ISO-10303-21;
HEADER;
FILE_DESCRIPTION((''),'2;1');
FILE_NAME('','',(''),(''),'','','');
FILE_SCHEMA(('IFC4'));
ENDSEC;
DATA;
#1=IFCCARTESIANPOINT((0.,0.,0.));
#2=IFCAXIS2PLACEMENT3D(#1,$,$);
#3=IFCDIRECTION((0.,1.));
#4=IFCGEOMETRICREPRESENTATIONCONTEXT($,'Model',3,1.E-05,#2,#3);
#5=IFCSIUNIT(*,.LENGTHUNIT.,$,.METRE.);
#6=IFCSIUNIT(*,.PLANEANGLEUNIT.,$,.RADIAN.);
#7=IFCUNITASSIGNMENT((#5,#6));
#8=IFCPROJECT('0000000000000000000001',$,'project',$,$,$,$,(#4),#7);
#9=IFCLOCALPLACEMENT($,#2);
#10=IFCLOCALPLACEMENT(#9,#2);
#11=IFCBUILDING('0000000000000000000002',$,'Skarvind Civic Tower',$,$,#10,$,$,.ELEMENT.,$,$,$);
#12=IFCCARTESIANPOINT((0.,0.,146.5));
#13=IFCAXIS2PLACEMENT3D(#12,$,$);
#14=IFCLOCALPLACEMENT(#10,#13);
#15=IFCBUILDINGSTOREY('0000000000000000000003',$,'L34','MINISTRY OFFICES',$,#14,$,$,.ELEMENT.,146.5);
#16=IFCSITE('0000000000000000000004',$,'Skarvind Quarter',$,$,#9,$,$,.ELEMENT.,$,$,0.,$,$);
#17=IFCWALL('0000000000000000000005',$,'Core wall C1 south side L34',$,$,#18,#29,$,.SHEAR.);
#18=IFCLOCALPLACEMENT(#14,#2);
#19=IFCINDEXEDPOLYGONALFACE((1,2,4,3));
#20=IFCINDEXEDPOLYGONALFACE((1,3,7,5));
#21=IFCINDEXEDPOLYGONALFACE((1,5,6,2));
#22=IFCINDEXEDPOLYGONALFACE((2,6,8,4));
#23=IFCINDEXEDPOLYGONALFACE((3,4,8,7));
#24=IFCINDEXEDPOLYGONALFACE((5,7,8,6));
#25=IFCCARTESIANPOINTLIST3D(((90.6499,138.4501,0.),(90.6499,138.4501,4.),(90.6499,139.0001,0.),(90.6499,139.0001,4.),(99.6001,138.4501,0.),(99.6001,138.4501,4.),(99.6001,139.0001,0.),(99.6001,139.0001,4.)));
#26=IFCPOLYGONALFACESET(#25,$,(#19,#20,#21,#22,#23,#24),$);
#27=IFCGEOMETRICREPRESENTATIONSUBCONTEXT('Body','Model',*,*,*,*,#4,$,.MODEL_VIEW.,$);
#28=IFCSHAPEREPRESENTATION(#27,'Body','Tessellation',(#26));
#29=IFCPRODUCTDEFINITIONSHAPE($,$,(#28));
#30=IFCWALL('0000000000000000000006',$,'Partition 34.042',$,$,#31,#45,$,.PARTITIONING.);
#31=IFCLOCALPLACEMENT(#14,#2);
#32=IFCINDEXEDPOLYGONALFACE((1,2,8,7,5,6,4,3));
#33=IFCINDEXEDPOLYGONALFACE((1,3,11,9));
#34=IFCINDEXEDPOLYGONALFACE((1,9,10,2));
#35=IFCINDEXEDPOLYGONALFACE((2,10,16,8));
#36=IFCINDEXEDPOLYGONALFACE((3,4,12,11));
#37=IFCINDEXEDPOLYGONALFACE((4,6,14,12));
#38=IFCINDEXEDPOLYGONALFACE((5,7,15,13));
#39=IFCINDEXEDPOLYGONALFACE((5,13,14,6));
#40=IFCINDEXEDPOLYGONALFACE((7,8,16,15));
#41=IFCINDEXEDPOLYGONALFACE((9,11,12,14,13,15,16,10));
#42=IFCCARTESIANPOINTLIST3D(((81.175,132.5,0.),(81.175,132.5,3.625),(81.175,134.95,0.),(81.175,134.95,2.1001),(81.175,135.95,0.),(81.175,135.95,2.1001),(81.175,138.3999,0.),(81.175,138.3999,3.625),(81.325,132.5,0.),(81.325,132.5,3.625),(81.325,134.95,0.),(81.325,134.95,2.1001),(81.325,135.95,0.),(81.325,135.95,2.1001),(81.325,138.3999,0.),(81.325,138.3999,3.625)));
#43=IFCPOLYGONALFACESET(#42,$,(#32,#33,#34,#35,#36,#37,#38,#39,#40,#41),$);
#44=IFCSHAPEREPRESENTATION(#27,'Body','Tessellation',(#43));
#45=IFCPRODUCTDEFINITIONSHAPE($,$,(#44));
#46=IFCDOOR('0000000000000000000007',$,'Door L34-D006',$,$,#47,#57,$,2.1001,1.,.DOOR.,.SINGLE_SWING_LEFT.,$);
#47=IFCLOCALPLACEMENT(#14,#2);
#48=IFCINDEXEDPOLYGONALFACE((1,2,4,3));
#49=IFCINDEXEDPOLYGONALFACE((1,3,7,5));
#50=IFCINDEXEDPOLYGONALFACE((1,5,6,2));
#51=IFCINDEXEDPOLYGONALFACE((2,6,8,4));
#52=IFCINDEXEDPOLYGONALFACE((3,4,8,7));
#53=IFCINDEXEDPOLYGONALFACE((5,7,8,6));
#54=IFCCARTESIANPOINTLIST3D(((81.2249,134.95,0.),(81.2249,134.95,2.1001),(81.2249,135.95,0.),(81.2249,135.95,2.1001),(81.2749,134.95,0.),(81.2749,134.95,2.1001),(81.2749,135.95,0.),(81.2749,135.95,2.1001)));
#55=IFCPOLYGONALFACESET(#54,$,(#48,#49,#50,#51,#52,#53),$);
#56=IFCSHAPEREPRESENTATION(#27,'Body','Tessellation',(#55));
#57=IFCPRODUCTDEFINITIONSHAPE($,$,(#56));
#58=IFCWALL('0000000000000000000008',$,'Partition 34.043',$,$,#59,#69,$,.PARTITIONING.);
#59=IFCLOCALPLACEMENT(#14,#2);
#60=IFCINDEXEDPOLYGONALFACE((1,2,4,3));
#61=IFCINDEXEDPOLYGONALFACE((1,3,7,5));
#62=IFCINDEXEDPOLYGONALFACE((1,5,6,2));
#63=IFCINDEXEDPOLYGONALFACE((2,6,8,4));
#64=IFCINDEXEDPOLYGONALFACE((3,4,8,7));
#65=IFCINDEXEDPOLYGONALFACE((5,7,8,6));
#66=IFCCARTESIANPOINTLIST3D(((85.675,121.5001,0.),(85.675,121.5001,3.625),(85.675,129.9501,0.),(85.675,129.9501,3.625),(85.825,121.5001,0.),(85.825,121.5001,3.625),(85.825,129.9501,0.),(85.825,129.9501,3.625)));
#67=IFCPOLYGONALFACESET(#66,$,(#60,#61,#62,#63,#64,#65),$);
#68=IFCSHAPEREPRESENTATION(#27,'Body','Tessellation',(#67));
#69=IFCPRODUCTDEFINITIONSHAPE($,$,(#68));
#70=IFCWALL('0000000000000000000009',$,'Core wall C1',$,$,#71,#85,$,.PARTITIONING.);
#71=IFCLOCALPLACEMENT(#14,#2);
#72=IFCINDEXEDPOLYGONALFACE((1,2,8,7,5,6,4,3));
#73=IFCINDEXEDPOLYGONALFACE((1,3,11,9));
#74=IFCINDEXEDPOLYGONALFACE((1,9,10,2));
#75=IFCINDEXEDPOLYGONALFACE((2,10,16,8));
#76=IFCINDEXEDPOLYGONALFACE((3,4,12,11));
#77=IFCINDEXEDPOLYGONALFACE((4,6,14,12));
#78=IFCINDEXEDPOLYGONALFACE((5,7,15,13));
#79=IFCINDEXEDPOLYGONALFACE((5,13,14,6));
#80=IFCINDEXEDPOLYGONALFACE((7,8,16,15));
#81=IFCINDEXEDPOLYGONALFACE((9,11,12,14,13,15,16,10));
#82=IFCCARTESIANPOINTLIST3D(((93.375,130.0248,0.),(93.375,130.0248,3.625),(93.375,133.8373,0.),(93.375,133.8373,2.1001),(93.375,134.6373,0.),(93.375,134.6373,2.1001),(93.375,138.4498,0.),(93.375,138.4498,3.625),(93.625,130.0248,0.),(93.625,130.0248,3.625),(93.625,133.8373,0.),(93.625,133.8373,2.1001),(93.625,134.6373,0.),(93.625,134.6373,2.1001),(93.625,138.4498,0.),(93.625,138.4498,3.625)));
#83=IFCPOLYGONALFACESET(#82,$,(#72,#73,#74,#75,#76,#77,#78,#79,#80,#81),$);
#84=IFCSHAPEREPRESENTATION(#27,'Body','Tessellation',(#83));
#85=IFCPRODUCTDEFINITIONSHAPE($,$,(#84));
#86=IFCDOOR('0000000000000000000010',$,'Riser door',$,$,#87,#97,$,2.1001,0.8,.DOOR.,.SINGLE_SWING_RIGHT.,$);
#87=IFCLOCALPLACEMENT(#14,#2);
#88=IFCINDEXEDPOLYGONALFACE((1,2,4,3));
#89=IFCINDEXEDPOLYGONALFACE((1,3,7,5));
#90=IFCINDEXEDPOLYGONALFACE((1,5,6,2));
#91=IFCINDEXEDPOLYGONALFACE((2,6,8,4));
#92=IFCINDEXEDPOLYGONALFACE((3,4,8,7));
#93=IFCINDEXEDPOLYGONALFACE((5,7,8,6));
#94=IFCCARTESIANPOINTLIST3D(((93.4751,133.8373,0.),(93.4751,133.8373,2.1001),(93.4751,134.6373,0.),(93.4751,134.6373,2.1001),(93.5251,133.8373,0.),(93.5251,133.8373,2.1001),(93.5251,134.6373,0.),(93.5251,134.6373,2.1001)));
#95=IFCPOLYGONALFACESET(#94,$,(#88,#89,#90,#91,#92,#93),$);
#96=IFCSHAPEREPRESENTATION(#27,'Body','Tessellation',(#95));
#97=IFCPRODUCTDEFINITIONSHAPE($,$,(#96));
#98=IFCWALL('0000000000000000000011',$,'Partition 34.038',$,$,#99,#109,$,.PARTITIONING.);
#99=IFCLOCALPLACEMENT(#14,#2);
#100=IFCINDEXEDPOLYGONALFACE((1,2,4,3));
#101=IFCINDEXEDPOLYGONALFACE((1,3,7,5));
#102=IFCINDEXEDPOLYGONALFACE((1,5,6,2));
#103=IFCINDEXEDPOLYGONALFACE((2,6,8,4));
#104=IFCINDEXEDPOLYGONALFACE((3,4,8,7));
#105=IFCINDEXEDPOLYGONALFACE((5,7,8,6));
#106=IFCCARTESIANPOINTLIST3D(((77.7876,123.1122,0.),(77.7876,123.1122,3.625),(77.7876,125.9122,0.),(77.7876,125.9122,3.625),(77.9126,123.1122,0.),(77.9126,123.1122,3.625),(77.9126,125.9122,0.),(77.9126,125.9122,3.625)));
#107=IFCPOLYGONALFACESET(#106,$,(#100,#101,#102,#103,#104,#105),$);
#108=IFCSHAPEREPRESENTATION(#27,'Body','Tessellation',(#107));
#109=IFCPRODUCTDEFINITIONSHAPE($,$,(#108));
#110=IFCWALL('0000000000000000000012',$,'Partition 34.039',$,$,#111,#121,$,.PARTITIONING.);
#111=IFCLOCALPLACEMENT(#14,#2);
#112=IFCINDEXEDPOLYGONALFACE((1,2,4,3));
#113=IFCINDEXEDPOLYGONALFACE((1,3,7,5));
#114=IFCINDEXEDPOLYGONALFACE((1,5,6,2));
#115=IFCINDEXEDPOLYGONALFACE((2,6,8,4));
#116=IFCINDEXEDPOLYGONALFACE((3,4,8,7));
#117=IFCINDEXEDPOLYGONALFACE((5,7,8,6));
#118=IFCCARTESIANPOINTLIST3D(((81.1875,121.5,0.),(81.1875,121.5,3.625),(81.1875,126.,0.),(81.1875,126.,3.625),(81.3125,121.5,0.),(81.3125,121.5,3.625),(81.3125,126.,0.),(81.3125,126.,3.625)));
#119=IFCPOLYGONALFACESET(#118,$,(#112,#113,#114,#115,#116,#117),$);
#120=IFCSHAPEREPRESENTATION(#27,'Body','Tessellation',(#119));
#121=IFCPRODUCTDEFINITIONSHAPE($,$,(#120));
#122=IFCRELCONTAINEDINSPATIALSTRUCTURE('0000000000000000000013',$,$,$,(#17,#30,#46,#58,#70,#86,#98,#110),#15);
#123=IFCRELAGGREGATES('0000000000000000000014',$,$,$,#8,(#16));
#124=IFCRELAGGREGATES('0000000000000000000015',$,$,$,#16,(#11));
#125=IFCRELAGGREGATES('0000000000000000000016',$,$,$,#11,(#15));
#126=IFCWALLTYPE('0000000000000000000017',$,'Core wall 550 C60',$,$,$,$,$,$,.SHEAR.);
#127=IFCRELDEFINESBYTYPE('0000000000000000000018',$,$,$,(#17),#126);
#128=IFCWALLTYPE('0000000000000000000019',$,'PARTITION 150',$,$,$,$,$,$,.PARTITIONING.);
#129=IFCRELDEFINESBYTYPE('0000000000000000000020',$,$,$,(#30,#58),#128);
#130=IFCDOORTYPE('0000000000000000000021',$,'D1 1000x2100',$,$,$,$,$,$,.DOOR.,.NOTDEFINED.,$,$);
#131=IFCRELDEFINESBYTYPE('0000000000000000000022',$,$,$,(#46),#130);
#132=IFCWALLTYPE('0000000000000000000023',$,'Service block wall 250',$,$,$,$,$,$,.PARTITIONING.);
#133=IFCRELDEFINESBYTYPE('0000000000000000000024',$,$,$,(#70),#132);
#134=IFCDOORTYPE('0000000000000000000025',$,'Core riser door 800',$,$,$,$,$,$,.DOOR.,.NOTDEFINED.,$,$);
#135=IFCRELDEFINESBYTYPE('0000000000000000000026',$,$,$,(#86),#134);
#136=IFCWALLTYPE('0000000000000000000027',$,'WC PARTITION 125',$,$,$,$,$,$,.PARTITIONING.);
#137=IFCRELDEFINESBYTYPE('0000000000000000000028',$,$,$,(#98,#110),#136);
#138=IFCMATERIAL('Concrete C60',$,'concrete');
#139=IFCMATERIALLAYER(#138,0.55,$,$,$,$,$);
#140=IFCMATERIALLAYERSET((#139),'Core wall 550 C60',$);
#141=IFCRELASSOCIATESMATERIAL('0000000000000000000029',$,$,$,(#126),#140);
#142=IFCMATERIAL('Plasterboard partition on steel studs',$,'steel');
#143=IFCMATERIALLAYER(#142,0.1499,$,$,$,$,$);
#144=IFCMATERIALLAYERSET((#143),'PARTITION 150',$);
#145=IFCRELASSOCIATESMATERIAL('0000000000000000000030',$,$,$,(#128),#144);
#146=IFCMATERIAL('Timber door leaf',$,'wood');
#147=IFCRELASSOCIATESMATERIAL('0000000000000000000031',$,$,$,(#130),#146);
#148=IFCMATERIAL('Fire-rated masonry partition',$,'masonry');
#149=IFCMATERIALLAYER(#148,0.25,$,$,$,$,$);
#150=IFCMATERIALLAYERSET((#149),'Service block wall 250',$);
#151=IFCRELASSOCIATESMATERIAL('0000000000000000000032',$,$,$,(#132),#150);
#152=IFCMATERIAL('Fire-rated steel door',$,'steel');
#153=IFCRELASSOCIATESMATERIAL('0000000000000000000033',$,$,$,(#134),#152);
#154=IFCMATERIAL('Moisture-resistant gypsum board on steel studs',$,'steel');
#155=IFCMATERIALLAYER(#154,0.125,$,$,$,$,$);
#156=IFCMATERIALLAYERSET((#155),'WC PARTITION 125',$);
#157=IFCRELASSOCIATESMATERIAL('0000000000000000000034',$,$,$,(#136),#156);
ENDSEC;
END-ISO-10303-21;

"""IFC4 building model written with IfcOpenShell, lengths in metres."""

from ifc_helpers import new_model, si_unit, direction, frame, frame_2d, origin, place, context, subcontext, project, spatial, rectangle, extrude, material, layer, layer_set, type_object, element, fill, save


model = new_model("IFC4")

# Units and contexts
model_context = context("Model", 3, precision=1e-05, world=origin(), true_north=direction((0.0, 1.0)))
body_context = subcontext(model_context, "Body", "Model", "MODEL_VIEW")
ifc_project = project(units=[si_unit("LENGTHUNIT", "METRE"), si_unit("PLANEANGLEUNIT", "RADIAN")], contexts=[model_context])

# Site, building, storey
site_placement = place(None, origin())
site = spatial("IfcSite", under=ifc_project, at=site_placement, Name="Skarvind Quarter", CompositionType="ELEMENT", RefElevation=0.0)
building_placement = place(site_placement, origin())
building = spatial("IfcBuilding", under=site, at=building_placement, Name="Skarvind Civic Tower", CompositionType="ELEMENT")
storey_placement = place(building_placement, frame((0.0, 0.0, 146.5)))
storey = spatial("IfcBuildingStorey", under=building, at=storey_placement, Name="L34", Description="MINISTRY OFFICES", CompositionType="ELEMENT", Elevation=146.5)

# Shared definitions
ifc_material_1 = material(Name="Concrete C60", Category="concrete")

# Shared definitions
ifc_material_2 = material(Name="Timber door leaf", Category="wood")

# Shared definitions
ifc_material_3 = material(Name="Fire-rated masonry partition", Category="masonry")
ifc_material_4 = material(Name="Fire-rated steel door", Category="steel")

# Wall
ifc_layer_1 = layer(ifc_material_1, 0.55)
ifc_layer_set_1 = layer_set([ifc_layer_1], Name="Core wall 550 C60")
wall_type_1 = type_object("IfcWallType", Name="Core wall 550 C60", PredefinedType="SHEAR", material=ifc_layer_set_1)
wall_1_placement = place(storey_placement, frame((99.6001, 138.7251, 0.0), z_axis=(0.0, 0.0, 1.0), x_axis=(-1.0, 0.0, 0.0)))
element("IfcWall", 1, at=wall_1_placement, inside=storey, type_object=wall_type_1, Name="Core wall C1 south side L34", PredefinedType="SHEAR", context=body_context, shape_type="SweptSolid", body=[
    extrude(rectangle(XDim=8.9502, YDim=0.55, at=frame_2d((4.4751, 0.0))), origin(), (0.0, 0.0, 1.0), 4.0),
])

# Wall, opening, door
ifc_material_5 = material(Name="Plasterboard partition on steel studs", Category="steel")
ifc_layer_2 = layer(ifc_material_5, 0.1499)
ifc_layer_set_2 = layer_set([ifc_layer_2], Name="PARTITION 150")
wall_type_2 = type_object("IfcWallType", Name="PARTITION 150", PredefinedType="PARTITIONING", material=ifc_layer_set_2)
wall_2_placement = place(storey_placement, frame((81.25, 138.3999, 0.0), z_axis=(0.0, 0.0, 1.0), x_axis=(0.0, -1.0, 0.0)))
wall_2 = element("IfcWall", 2, at=wall_2_placement, inside=storey, type_object=wall_type_2, Name="Partition 34.042", PredefinedType="PARTITIONING", context=body_context, shape_type="SweptSolid", body=[
    extrude(rectangle(XDim=5.8999, YDim=0.1499, at=frame_2d((2.95, 0.0))), origin(), (0.0, 0.0, 1.0), 3.625),
])
opening_1_placement = place(wall_2_placement, frame((2.45, 0.0, 0.0)))
opening_1 = element("IfcOpeningElement", 3, at=opening_1_placement, cuts=wall_2, PredefinedType="OPENING", context=body_context, shape_type="SweptSolid", body=[
    extrude(rectangle(XDim=1.0, YDim=2.1001, at=frame_2d((0.5, 1.05))), frame((0.0, 0.085, 0.0), z_axis=(0.0, -1.0, 0.0), x_axis=(1.0, 0.0, 0.0)), (0.0, 0.0, 1.0), 0.1699),
])
door_type_1 = type_object("IfcDoorType", Name="D1 1000x2100", OperationType="NOTDEFINED", PredefinedType="DOOR", material=ifc_material_2)
door_1_placement = place(opening_1_placement, origin())
door_1 = element("IfcDoor", 4, at=door_1_placement, inside=storey, type_object=door_type_1, Name="Door L34-D006", OperationType="SINGLE_SWING_LEFT", OverallHeight=2.1001, OverallWidth=1.0, PredefinedType="DOOR", context=body_context, shape_type="SweptSolid", body=[
    extrude(rectangle(XDim=1.0, YDim=2.1001, at=frame_2d((0.5, 1.05))), frame((0.0, 0.0249, 0.0), z_axis=(0.0, -1.0, 0.0), x_axis=(1.0, 0.0, 0.0)), (0.0, 0.0, 1.0), 0.05),
])
fill(opening_1, door_1)

# Wall
wall_3_placement = place(storey_placement, frame((85.75, 121.5, 0.0), z_axis=(0.0, 0.0, 1.0), x_axis=(0.0, 1.0, 0.0)))
element("IfcWall", 5, at=wall_3_placement, inside=storey, type_object=wall_type_2, Name="Partition 34.043", PredefinedType="PARTITIONING", context=body_context, shape_type="SweptSolid", body=[
    extrude(rectangle(XDim=8.45, YDim=0.1499, at=frame_2d((4.2251, 0.0))), origin(), (0.0, 0.0, 1.0), 3.625),
])

# Wall, opening, door
ifc_layer_3 = layer(ifc_material_3, 0.25)
ifc_layer_set_3 = layer_set([ifc_layer_3], Name="Service block wall 250")
wall_type_3 = type_object("IfcWallType", Name="Service block wall 250", PredefinedType="PARTITIONING", material=ifc_layer_set_3)
wall_4_placement = place(storey_placement, frame((93.5, 130.0249, 0.0), z_axis=(0.0, 0.0, 1.0), x_axis=(0.0, 1.0, 0.0)))
wall_4 = element("IfcWall", 6, at=wall_4_placement, inside=storey, type_object=wall_type_3, Name="Core wall C1", PredefinedType="PARTITIONING", context=body_context, shape_type="SweptSolid", body=[
    extrude(rectangle(XDim=8.425, YDim=0.25, at=frame_2d((4.2124, 0.0))), origin(), (0.0, 0.0, 1.0), 3.625),
])
opening_2_placement = place(wall_4_placement, frame((3.8125, 0.0, 0.0)))
opening_2 = element("IfcOpeningElement", 7, at=opening_2_placement, cuts=wall_4, PredefinedType="OPENING", context=body_context, shape_type="SweptSolid", body=[
    extrude(rectangle(XDim=0.8, YDim=2.1001, at=frame_2d((0.3999, 1.05))), frame((0.0, 0.135, 0.0), z_axis=(0.0, -1.0, 0.0), x_axis=(1.0, 0.0, 0.0)), (0.0, 0.0, 1.0), 0.27),
])
door_type_2 = type_object("IfcDoorType", Name="Core riser door 800", OperationType="NOTDEFINED", PredefinedType="DOOR", material=ifc_material_4)
door_2_placement = place(opening_2_placement, origin())
door_2 = element("IfcDoor", 8, at=door_2_placement, inside=storey, type_object=door_type_2, Name="Riser door", OperationType="SINGLE_SWING_RIGHT", OverallHeight=2.1001, OverallWidth=0.8, PredefinedType="DOOR", context=body_context, shape_type="SweptSolid", body=[
    extrude(rectangle(XDim=0.8, YDim=2.1001, at=frame_2d((0.3999, 1.05))), frame((0.0, 0.0249, 0.0), z_axis=(0.0, -1.0, 0.0), x_axis=(1.0, 0.0, 0.0)), (0.0, 0.0, 1.0), 0.05),
])
fill(opening_2, door_2)

# Walls
ifc_material_6 = material(Name="Moisture-resistant gypsum board on steel studs", Category="steel")
ifc_layer_4 = layer(ifc_material_6, 0.125)
ifc_layer_set_4 = layer_set([ifc_layer_4], Name="WC PARTITION 125")
wall_type_4 = type_object("IfcWallType", Name="WC PARTITION 125", PredefinedType="PARTITIONING", material=ifc_layer_set_4)
wall_5_placement = place(storey_placement, frame((77.8501, 125.9121, 0.0), z_axis=(0.0, 0.0, 1.0), x_axis=(0.0, -1.0, 0.0)))
element("IfcWall", 9, at=wall_5_placement, inside=storey, type_object=wall_type_4, Name="Partition 34.038", PredefinedType="PARTITIONING", context=body_context, shape_type="SweptSolid", body=[
    extrude(rectangle(XDim=2.8, YDim=0.125, at=frame_2d((1.3999, 0.0))), origin(), (0.0, 0.0, 1.0), 3.625),
])
wall_6_placement = place(storey_placement, frame((81.25, 121.5, 0.0), z_axis=(0.0, 0.0, 1.0), x_axis=(0.0, 1.0, 0.0)))
element("IfcWall", 10, at=wall_6_placement, inside=storey, type_object=wall_type_4, Name="Partition 34.039", PredefinedType="PARTITIONING", context=body_context, shape_type="SweptSolid", body=[
    extrude(rectangle(XDim=4.5, YDim=0.125, at=frame_2d((2.25, 0.0))), origin(), (0.0, 0.0, 1.0), 3.625),
])

save(model, "model.ifc")
